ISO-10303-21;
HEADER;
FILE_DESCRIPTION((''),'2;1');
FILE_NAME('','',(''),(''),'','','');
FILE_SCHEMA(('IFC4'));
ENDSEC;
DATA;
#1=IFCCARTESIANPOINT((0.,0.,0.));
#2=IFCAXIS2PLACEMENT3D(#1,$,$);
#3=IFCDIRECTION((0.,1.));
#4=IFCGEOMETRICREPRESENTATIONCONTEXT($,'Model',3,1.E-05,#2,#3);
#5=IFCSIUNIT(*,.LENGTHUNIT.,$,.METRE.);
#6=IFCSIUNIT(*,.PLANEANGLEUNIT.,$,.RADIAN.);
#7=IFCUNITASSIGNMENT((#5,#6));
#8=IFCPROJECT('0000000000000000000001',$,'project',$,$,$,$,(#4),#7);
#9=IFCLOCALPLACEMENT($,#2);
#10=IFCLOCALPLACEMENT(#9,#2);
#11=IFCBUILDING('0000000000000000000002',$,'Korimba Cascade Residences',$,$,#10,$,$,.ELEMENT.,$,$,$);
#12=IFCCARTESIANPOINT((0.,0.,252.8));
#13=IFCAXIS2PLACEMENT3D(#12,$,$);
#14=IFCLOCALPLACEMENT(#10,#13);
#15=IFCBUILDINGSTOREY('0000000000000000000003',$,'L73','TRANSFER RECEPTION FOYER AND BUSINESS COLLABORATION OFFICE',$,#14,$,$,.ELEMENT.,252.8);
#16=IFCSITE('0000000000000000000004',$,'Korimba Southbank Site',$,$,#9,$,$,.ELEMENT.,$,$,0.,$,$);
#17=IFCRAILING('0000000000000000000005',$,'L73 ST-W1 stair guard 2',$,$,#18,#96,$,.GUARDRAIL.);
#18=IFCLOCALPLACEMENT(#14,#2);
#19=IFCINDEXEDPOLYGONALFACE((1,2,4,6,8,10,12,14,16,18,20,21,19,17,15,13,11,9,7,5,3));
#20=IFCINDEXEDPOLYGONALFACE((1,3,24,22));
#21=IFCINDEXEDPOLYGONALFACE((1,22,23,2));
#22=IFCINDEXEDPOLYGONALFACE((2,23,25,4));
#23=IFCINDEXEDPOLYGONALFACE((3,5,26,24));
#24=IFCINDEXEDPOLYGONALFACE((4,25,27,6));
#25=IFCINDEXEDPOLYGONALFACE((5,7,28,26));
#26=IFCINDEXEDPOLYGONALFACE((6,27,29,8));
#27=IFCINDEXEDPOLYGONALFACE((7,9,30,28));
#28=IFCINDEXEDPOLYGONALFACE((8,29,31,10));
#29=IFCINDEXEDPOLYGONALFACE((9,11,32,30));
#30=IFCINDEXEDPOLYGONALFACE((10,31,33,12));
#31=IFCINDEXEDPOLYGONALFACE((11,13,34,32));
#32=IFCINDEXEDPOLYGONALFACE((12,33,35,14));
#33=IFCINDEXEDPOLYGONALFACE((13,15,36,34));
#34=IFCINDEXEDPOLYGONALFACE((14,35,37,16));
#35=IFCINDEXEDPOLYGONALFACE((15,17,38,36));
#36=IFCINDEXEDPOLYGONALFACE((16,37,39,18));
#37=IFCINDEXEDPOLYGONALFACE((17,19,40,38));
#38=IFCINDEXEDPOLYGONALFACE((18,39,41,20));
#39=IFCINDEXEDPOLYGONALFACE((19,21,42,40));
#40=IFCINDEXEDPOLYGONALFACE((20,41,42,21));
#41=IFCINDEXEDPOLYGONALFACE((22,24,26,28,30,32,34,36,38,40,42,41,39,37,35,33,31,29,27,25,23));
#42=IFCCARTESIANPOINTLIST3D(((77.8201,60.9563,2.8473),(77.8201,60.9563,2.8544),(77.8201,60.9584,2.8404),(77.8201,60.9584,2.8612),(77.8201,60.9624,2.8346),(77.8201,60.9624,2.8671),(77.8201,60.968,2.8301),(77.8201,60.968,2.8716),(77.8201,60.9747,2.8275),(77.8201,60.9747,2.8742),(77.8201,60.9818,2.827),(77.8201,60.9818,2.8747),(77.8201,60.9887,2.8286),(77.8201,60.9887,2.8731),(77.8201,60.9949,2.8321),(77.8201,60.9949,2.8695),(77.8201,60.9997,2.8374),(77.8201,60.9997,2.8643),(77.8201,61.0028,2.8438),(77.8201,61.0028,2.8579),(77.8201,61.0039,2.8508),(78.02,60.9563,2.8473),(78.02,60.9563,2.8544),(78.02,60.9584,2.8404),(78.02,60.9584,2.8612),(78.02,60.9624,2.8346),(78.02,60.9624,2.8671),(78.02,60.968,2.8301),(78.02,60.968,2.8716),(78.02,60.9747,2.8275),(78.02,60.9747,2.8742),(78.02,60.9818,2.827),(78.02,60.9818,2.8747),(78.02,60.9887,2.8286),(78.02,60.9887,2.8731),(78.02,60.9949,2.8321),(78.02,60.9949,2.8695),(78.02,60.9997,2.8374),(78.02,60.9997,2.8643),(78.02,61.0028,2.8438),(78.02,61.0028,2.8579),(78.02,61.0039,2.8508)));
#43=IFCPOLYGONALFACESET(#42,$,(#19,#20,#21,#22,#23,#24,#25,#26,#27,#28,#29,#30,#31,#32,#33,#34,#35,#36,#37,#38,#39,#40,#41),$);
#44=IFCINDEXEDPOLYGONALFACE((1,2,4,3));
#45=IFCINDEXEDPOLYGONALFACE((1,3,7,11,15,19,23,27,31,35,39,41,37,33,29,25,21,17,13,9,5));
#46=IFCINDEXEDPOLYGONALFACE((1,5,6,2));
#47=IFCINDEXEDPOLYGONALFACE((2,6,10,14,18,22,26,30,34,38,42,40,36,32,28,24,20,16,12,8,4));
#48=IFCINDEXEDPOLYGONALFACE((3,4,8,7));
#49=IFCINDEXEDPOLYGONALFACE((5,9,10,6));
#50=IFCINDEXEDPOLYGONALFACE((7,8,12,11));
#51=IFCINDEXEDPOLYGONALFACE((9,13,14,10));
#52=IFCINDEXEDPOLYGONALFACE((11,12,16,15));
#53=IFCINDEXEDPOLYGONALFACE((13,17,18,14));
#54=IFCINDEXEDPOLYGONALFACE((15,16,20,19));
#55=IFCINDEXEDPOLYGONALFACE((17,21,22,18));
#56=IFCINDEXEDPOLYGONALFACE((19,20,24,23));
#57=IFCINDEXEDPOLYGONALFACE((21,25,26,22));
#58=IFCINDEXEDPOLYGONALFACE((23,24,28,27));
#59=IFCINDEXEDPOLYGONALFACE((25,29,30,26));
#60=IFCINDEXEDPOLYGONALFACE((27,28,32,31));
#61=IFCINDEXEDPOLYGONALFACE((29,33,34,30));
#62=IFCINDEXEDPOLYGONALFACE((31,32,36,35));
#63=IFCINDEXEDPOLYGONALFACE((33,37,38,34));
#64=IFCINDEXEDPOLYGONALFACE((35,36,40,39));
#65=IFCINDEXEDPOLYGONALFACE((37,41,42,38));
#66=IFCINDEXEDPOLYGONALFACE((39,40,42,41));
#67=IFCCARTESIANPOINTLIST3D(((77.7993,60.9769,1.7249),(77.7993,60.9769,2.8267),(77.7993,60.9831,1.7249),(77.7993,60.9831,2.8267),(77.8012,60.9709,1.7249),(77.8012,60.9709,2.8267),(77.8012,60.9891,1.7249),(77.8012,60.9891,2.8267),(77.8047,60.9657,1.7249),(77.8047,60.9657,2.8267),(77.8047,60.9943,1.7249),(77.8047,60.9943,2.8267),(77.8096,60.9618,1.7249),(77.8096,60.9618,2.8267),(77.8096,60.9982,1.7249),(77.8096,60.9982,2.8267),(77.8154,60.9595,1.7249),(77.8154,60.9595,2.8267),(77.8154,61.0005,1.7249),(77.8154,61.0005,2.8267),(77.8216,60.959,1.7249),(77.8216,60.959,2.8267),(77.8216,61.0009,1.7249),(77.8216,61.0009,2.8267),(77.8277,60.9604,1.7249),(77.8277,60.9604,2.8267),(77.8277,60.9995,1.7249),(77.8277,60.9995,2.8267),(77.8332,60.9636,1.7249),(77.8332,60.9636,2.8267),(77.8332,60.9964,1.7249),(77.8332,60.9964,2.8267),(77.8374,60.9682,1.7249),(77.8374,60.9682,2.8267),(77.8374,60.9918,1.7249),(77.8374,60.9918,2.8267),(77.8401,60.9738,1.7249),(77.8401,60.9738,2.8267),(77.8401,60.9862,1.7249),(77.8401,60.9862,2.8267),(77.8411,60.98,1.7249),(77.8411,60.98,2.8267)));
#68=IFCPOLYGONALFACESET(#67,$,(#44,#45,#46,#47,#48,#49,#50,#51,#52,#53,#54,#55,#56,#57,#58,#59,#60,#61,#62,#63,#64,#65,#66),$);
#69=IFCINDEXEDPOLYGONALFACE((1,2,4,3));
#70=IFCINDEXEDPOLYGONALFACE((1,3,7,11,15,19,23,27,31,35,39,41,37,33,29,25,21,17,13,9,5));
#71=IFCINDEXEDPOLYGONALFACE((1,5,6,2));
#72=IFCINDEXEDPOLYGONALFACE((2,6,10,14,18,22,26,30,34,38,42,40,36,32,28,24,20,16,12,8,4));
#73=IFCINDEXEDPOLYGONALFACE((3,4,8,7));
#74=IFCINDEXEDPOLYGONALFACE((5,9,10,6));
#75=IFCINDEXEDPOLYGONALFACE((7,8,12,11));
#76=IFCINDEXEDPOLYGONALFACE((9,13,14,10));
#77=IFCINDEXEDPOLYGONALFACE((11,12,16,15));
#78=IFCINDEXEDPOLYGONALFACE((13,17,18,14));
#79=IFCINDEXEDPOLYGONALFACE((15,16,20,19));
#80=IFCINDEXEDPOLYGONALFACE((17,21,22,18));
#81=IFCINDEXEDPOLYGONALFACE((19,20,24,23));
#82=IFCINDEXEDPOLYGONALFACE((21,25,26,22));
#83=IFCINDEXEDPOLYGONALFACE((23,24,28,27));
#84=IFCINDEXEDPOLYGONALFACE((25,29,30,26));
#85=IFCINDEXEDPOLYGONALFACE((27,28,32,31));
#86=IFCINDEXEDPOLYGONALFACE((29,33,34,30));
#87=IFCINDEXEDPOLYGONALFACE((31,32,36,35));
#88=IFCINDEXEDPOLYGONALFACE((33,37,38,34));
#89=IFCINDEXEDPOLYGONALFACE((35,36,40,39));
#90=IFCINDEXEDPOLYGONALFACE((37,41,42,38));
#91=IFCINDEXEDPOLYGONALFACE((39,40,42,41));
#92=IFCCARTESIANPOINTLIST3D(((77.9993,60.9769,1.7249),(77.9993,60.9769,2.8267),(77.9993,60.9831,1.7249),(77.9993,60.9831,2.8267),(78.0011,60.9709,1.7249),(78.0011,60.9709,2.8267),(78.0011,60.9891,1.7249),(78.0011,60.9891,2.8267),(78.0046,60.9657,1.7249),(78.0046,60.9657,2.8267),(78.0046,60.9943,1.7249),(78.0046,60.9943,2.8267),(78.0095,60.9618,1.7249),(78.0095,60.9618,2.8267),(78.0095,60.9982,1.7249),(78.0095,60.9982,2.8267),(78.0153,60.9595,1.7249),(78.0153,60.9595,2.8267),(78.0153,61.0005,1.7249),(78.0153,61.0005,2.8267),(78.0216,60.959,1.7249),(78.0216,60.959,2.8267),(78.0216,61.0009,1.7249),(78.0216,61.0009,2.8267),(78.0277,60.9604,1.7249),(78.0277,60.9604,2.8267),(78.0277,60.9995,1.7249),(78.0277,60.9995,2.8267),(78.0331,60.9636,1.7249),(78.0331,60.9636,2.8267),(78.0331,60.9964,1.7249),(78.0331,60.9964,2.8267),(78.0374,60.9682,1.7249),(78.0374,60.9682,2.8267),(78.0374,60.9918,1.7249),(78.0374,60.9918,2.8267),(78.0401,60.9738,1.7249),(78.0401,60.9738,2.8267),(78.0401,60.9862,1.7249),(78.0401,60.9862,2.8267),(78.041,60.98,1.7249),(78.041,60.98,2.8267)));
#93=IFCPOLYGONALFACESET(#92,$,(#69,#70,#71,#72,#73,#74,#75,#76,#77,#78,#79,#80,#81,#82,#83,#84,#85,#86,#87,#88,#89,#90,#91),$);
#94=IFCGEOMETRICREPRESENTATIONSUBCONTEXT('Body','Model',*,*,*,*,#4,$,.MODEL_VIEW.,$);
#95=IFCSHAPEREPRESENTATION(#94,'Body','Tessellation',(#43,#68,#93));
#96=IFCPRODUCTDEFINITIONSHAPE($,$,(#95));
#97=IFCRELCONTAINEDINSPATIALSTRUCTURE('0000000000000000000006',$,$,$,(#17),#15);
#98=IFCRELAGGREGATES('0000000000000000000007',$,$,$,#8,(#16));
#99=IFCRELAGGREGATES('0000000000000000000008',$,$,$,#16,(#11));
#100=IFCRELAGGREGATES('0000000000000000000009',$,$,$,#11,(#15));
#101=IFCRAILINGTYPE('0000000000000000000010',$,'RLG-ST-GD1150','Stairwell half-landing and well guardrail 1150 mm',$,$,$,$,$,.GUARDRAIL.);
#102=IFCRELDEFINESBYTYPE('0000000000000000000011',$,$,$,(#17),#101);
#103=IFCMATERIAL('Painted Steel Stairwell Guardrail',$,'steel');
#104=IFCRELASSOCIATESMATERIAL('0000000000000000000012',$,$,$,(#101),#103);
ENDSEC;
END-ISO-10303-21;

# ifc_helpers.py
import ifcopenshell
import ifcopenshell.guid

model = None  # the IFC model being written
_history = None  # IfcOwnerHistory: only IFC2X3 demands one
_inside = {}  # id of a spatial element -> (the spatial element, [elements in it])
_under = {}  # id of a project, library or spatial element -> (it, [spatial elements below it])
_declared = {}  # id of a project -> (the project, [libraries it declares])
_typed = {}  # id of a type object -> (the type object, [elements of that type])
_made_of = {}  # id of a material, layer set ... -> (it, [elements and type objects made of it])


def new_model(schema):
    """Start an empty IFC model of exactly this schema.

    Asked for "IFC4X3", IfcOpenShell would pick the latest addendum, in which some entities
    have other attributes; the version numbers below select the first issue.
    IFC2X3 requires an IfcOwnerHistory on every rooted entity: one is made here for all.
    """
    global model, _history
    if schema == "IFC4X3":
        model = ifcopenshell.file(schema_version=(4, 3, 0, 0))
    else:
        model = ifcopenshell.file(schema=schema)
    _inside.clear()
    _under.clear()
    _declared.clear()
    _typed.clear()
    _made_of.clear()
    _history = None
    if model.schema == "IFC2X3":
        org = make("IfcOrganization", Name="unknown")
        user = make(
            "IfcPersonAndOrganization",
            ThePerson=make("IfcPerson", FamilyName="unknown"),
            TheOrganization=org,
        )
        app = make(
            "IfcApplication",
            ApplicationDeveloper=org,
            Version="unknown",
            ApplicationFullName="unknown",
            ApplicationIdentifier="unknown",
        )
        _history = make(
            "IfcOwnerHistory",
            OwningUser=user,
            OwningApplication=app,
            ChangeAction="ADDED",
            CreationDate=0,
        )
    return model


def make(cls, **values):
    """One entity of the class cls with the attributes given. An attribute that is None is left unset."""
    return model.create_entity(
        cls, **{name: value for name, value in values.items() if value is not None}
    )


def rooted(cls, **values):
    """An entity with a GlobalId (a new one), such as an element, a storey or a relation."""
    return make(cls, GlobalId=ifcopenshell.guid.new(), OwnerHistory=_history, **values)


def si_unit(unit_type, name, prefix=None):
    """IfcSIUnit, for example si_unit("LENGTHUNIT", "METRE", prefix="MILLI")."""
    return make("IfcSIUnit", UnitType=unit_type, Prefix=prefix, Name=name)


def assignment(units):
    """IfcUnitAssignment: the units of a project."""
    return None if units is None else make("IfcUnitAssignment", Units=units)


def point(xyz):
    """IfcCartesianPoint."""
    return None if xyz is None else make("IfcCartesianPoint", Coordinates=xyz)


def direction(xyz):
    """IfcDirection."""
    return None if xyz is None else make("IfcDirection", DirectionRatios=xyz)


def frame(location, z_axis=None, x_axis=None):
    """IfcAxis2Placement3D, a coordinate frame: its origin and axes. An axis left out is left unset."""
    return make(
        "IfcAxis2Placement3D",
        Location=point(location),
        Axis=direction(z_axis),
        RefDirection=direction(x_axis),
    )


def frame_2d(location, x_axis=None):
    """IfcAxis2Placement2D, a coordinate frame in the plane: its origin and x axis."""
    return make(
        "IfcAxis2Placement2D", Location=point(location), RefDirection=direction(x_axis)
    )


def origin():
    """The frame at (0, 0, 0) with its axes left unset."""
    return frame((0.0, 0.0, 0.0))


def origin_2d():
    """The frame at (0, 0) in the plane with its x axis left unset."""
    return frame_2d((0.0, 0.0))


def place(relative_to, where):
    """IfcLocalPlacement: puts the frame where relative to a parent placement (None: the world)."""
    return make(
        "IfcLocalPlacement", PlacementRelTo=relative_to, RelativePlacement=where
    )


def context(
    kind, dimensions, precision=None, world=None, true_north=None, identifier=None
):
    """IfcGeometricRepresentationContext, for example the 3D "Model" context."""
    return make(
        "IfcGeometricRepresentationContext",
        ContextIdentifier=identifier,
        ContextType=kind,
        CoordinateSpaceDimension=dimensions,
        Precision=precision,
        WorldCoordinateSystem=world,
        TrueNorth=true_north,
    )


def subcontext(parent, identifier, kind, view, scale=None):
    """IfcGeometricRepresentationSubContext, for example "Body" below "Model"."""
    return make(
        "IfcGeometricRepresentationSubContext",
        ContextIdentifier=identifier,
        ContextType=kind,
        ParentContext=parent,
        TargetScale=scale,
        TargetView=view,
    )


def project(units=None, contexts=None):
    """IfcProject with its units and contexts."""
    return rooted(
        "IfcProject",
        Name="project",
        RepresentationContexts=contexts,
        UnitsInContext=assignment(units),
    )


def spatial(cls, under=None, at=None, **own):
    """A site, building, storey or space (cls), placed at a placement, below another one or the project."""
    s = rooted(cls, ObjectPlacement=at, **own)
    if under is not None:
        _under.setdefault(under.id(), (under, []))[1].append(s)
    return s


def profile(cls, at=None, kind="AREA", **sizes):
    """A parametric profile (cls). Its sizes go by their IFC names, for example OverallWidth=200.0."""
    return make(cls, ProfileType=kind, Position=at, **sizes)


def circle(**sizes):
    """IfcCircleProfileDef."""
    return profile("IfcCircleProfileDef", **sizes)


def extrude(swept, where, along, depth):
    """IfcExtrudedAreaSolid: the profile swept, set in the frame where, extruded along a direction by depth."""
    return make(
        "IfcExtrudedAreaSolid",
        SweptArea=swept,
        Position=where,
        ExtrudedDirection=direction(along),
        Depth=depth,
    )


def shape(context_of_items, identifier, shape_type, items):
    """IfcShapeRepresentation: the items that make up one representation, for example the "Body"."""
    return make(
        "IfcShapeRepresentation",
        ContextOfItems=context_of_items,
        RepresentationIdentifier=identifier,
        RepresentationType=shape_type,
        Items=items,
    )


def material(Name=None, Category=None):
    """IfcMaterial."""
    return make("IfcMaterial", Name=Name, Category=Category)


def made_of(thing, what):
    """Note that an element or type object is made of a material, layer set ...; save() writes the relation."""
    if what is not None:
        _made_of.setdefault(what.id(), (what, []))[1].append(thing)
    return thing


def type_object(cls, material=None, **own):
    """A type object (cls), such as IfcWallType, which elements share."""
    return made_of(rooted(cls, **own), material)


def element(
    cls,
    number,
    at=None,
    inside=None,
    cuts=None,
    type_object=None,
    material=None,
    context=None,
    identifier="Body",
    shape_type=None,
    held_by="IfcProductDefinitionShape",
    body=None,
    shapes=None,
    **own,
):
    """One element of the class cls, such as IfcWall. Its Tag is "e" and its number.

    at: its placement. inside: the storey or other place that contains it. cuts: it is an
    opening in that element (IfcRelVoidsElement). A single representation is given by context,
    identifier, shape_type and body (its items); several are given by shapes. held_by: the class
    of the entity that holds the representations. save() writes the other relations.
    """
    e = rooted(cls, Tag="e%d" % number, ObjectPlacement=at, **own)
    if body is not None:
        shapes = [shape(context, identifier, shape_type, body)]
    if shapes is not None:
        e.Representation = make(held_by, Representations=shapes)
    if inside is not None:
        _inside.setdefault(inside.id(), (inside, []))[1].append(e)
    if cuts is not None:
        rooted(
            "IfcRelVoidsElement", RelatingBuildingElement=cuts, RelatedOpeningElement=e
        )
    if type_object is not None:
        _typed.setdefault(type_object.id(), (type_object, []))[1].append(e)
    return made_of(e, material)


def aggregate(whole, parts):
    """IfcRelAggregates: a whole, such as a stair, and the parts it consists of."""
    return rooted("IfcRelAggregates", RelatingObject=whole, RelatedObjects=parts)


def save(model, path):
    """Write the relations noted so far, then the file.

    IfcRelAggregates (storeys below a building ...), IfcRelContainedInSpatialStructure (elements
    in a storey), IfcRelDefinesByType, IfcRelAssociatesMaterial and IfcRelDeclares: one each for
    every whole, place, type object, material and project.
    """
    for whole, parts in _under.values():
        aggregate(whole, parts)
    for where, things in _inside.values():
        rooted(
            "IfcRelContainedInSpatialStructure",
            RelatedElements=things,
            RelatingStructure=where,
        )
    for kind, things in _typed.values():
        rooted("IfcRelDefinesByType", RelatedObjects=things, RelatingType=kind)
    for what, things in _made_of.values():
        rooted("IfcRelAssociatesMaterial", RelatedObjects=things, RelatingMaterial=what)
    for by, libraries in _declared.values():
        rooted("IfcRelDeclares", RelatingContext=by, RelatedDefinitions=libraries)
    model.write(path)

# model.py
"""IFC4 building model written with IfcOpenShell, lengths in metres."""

from ifc_helpers import new_model, si_unit, direction, frame, origin, origin_2d, place, context, subcontext, project, spatial, circle, extrude, material, type_object, element, save


model = new_model("IFC4")

# Units and contexts
model_context = context("Model", 3, precision=1e-05, world=origin(), true_north=direction((0.0, 1.0)))
body_context = subcontext(model_context, "Body", "Model", "MODEL_VIEW")
ifc_project = project(units=[si_unit("LENGTHUNIT", "METRE"), si_unit("PLANEANGLEUNIT", "RADIAN")], contexts=[model_context])

# Site, building, storey
site_placement = place(None, origin())
site = spatial("IfcSite", under=ifc_project, at=site_placement, Name="Korimba Southbank Site", CompositionType="ELEMENT", RefElevation=0.0)
building_placement = place(site_placement, origin())
building = spatial("IfcBuilding", under=site, at=building_placement, Name="Korimba Cascade Residences", CompositionType="ELEMENT")
storey_placement = place(building_placement, frame((0.0, 0.0, 252.8)))
storey = spatial("IfcBuildingStorey", under=building, at=storey_placement, Name="L73", Description="TRANSFER RECEPTION FOYER AND BUSINESS COLLABORATION OFFICE", CompositionType="ELEMENT", Elevation=252.8)

# Railing
ifc_material_1 = material(Name="Painted Steel Stairwell Guardrail", Category="steel")
railing_type_1 = type_object("IfcRailingType", Name="RLG-ST-GD1150", Description="Stairwell half-landing and well guardrail 1150 mm", PredefinedType="GUARDRAIL", material=ifc_material_1)
railing_1_placement = place(storey_placement, frame((77.8201, 60.98, 1.7249)))
element("IfcRailing", 1, at=railing_1_placement, inside=storey, type_object=railing_type_1, Name="L73 ST-W1 stair guard 2", PredefinedType="GUARDRAIL", context=body_context, shape_type="SweptSolid", body=[
    extrude(circle(Radius=0.0239, at=origin_2d()), frame((0.0, 0.0, 1.126), z_axis=(1.0, 0.0, 0.0), x_axis=(0.0, 1.0, 0.0)), (0.0, 0.0, 1.0), 0.2),
    extrude(circle(Radius=0.021, at=origin_2d()), origin(), (0.0, 0.0, 1.0), 1.1018),
    extrude(circle(Radius=0.021, at=origin_2d()), frame((0.2, 0.0, 0.0)), (0.0, 0.0, 1.0), 1.1018),
])

save(model, "model.ifc")
